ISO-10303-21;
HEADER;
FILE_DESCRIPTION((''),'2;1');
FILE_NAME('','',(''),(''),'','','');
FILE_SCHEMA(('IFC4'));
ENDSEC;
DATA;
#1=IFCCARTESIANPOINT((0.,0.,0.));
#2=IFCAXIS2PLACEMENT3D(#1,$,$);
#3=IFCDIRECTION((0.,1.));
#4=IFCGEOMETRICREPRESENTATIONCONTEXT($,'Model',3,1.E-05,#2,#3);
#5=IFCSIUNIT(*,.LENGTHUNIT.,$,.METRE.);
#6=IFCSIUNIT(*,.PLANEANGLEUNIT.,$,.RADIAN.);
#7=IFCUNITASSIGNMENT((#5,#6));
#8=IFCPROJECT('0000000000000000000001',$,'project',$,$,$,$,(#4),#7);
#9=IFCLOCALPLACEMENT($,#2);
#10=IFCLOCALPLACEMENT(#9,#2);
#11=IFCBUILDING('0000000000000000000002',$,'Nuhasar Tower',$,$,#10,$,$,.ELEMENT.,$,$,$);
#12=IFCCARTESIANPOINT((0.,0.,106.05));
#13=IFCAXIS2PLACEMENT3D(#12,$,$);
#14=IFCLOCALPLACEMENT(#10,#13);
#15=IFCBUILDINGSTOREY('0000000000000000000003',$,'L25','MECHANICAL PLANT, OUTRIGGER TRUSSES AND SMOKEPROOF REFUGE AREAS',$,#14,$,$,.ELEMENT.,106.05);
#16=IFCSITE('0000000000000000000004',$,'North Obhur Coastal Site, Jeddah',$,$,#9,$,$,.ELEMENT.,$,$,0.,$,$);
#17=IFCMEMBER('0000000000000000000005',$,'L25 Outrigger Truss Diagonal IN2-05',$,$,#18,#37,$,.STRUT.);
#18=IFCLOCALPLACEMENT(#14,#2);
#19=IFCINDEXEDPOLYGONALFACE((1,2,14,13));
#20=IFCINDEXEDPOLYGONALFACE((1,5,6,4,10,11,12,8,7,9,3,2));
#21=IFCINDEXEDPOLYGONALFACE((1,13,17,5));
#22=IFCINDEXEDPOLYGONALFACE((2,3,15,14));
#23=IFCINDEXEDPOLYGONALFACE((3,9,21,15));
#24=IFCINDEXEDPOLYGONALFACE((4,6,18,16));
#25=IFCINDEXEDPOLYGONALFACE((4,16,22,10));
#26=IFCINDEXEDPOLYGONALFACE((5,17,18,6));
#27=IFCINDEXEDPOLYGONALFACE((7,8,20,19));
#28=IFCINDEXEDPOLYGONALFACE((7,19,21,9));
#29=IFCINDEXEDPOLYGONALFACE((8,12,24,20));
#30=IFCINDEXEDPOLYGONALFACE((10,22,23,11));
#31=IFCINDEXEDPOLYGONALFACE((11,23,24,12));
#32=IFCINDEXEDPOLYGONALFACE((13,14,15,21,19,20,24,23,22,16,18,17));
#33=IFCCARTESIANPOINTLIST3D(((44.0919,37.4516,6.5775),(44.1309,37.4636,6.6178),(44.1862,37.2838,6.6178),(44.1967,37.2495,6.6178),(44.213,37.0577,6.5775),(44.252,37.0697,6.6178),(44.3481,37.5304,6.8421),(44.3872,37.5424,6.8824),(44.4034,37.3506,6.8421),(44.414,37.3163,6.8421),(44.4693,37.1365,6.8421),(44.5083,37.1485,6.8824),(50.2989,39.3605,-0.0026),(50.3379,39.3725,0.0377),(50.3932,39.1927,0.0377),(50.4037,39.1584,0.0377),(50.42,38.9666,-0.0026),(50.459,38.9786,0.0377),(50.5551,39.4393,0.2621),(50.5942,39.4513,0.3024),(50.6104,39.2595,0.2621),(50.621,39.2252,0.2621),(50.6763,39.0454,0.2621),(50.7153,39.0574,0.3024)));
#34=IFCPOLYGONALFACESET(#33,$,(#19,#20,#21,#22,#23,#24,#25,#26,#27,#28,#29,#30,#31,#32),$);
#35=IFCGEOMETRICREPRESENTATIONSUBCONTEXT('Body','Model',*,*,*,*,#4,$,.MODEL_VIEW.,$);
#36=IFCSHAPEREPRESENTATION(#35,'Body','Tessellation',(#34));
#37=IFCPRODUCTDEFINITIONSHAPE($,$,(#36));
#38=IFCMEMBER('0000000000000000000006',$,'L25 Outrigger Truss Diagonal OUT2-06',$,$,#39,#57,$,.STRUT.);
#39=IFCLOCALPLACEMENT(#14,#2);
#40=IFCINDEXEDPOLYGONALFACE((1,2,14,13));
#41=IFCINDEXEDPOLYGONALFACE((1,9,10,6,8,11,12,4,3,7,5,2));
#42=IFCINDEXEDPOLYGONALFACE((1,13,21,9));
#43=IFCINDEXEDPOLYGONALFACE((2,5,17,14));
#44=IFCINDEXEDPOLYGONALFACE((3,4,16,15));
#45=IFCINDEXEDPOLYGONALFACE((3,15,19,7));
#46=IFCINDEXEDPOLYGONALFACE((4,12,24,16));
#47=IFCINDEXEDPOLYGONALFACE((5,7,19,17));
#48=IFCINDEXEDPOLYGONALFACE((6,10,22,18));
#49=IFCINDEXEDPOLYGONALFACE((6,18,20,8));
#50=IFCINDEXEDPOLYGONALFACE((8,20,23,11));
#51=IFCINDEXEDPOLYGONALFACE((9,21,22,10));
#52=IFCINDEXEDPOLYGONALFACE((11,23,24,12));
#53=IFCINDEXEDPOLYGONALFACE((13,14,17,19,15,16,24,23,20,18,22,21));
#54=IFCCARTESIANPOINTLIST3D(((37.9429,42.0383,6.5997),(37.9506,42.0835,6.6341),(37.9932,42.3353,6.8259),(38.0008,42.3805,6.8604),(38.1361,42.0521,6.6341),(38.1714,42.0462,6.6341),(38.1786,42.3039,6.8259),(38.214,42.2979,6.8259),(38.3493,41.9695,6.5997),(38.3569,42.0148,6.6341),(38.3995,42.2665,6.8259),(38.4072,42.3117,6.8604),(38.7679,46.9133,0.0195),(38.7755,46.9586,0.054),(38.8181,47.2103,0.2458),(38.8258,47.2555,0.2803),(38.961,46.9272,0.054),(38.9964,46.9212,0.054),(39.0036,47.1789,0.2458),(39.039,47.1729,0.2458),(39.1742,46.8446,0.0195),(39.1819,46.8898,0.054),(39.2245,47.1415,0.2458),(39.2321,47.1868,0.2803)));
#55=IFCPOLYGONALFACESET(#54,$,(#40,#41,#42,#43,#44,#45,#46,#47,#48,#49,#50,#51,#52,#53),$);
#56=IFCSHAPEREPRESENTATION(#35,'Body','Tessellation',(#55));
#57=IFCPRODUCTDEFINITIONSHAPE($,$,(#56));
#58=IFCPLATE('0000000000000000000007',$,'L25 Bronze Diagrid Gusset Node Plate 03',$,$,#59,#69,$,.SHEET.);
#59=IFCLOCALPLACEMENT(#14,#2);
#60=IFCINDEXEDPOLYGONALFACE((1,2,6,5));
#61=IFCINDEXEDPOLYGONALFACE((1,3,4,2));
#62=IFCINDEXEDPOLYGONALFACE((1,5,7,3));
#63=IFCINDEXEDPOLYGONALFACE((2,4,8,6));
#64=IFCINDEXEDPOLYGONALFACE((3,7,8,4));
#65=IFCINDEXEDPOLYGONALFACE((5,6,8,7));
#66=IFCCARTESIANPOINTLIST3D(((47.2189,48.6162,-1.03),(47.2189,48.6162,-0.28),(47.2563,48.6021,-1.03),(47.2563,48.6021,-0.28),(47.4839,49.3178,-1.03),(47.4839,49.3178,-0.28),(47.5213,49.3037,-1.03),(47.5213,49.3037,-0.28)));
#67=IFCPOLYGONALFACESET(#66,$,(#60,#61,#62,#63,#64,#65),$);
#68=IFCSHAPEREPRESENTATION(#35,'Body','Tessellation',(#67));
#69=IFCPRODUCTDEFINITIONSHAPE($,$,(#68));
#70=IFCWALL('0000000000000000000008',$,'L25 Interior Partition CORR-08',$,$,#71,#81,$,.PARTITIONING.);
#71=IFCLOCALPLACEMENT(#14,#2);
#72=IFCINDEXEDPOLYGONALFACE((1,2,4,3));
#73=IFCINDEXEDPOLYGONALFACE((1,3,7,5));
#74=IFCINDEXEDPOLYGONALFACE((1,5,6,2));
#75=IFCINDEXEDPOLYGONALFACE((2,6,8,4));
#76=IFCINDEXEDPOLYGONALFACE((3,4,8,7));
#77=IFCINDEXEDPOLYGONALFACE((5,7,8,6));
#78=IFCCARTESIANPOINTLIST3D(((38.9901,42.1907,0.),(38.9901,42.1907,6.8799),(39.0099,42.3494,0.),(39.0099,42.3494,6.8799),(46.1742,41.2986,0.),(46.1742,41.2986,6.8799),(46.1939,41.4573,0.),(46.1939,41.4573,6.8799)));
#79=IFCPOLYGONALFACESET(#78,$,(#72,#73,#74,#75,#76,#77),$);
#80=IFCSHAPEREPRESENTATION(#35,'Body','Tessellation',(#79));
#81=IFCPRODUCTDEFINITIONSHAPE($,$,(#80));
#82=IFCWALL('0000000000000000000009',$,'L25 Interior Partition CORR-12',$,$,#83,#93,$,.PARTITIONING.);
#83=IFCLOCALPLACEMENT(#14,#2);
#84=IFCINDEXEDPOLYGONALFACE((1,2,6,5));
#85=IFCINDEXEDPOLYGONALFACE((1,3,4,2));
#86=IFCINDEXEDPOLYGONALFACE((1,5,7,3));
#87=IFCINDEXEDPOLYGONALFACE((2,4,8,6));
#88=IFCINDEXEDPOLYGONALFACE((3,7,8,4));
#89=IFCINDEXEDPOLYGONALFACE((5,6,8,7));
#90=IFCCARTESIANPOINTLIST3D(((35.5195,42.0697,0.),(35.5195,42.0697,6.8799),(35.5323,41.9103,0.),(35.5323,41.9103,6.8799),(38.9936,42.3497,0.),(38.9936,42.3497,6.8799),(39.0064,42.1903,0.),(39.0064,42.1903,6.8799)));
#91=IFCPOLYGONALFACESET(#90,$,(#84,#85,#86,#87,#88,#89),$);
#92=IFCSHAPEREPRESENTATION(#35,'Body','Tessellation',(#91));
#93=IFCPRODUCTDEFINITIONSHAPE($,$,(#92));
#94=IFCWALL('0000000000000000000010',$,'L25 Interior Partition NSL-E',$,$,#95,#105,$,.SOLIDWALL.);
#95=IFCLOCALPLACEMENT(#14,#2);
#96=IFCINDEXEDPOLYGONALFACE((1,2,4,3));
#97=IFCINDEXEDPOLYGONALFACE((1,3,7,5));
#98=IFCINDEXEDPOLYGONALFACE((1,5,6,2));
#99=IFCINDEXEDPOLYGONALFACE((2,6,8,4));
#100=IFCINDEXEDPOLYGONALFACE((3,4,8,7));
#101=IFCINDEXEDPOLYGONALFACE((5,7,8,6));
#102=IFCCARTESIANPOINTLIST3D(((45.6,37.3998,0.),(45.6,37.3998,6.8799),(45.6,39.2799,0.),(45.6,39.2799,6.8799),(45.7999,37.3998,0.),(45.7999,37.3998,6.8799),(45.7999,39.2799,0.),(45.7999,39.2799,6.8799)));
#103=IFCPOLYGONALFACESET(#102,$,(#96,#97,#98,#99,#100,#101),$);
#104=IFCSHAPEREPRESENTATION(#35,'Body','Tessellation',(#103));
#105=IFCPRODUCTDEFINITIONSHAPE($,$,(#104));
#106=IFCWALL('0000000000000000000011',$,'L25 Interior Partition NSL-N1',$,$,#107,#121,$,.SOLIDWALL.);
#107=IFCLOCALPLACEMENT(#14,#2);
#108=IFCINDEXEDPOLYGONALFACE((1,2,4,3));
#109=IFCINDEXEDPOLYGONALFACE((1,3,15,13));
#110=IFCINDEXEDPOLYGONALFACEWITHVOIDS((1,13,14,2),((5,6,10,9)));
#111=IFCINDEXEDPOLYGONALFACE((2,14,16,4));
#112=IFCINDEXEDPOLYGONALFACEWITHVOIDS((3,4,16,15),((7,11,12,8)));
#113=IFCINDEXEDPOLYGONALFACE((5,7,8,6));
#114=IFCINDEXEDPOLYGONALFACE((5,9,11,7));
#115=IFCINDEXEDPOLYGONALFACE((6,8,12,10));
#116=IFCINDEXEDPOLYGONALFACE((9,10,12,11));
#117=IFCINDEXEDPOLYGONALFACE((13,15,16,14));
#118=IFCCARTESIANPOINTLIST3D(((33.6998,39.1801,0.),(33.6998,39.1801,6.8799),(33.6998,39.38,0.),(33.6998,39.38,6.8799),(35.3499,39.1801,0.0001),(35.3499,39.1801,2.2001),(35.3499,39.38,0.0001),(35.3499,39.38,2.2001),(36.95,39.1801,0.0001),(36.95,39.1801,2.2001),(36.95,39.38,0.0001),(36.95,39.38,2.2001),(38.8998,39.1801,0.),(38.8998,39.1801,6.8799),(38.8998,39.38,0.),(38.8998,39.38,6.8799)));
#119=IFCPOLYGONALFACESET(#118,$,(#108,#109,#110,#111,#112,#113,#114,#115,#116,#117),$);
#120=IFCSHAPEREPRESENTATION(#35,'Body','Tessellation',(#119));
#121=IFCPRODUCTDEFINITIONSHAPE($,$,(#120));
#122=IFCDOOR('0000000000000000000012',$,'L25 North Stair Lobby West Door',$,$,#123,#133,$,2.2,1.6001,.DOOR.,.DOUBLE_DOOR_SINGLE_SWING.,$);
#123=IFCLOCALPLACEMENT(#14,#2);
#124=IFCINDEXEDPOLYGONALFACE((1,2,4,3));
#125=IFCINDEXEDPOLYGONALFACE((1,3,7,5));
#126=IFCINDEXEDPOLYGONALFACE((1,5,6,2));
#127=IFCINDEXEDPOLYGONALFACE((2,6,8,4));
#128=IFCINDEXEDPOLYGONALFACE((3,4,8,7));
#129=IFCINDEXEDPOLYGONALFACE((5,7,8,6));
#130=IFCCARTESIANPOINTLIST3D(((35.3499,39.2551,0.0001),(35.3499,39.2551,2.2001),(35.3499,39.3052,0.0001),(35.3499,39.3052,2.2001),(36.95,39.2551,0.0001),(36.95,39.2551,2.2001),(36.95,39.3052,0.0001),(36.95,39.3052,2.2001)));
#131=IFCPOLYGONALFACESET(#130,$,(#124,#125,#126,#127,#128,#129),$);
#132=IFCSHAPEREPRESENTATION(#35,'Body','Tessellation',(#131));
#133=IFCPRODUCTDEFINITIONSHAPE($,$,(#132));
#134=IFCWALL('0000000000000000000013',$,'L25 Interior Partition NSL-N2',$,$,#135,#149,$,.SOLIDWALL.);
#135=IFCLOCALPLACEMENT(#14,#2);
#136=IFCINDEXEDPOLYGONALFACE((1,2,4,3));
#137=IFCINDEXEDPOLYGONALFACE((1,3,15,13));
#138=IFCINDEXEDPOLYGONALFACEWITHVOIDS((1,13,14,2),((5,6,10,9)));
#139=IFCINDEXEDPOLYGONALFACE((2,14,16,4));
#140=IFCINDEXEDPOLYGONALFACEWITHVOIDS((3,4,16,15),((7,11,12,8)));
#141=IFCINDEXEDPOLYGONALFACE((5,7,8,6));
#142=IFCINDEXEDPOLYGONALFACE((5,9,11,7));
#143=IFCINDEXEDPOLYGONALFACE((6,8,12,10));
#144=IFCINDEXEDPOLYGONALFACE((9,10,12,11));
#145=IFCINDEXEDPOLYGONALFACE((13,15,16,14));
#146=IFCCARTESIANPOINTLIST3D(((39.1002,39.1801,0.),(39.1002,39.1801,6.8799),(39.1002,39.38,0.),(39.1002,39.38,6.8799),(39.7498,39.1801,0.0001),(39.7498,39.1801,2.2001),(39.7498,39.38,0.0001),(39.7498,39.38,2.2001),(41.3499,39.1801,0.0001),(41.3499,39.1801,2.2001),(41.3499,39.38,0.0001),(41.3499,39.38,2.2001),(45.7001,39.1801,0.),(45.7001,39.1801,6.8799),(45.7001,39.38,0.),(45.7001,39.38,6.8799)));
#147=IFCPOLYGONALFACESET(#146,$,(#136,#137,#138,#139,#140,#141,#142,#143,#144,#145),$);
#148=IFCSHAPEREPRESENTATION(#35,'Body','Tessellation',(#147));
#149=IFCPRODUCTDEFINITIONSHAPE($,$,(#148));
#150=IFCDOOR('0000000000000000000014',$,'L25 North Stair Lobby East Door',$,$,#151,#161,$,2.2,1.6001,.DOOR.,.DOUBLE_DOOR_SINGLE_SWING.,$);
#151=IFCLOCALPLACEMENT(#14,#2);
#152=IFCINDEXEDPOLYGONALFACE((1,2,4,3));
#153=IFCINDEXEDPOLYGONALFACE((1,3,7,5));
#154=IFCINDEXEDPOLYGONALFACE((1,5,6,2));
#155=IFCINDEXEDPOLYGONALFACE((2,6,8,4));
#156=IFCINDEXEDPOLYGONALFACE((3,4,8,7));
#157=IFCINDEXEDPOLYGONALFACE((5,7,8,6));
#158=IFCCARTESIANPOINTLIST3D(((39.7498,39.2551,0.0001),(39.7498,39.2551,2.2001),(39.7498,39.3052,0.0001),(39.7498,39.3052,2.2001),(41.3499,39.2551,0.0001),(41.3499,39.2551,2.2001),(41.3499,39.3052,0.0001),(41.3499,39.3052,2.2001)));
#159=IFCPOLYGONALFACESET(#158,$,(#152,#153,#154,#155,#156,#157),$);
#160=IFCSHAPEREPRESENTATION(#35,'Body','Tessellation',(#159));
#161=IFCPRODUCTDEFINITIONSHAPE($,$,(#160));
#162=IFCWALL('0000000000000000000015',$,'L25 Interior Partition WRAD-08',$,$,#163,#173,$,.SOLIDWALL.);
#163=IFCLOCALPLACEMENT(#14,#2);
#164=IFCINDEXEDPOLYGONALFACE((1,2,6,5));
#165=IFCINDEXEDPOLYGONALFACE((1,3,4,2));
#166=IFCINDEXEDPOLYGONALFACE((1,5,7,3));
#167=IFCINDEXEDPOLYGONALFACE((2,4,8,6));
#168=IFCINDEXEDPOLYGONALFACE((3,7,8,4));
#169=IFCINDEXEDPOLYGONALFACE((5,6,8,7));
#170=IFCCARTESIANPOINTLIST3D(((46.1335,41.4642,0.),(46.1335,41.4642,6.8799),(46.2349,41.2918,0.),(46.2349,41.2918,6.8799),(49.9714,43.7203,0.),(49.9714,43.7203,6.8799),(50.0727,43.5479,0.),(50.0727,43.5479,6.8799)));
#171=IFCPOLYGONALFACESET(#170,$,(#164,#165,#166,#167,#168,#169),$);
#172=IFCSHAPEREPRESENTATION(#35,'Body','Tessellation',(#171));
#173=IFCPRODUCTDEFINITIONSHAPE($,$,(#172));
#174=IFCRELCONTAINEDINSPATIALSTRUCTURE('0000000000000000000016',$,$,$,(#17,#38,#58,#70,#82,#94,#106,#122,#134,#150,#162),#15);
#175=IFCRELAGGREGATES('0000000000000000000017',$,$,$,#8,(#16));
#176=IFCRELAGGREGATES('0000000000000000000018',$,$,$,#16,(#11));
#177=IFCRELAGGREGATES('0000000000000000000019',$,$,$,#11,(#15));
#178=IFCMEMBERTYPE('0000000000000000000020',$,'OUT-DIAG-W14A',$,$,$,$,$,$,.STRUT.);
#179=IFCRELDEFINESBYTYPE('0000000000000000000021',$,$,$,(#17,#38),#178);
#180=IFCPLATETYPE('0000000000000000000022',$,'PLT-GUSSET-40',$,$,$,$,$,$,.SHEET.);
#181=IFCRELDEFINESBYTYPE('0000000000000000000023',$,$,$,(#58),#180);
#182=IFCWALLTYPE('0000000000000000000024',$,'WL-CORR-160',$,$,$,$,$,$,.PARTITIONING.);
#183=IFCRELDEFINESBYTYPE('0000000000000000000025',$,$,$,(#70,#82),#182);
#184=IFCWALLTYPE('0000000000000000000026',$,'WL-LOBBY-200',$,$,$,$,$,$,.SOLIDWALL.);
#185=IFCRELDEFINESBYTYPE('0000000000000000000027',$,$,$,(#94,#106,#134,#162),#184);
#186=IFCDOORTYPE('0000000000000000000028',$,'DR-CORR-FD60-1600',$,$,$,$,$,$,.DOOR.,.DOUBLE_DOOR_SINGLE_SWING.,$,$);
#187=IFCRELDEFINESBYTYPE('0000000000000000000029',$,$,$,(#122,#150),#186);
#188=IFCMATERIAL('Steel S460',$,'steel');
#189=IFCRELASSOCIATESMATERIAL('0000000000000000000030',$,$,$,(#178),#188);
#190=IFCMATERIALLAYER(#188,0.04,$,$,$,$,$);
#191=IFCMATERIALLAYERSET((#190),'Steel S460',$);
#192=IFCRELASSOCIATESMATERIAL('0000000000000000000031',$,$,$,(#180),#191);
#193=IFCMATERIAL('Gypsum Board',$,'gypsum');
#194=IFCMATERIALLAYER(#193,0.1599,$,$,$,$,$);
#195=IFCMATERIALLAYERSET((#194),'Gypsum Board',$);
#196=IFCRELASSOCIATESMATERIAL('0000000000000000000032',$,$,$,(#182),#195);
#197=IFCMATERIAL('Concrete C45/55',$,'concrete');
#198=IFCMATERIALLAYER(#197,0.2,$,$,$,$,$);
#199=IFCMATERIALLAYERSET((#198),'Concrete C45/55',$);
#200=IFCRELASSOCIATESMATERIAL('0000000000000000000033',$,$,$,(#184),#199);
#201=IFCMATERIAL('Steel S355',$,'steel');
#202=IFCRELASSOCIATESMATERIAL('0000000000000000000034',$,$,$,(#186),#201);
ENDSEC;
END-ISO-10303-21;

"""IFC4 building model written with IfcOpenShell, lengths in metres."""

from ifc_helpers import new_model, si_unit, direction, frame, frame_2d, origin, origin_2d, place, context, subcontext, project, spatial, rectangle, i_section, extrude, material, layer, layer_set, material_profile, profile_set, type_object, element, fill, save


model = new_model("IFC4")

# Units and contexts
model_context = context("Model", 3, precision=1e-05, world=origin(), true_north=direction((0.0, 1.0)))
body_context = subcontext(model_context, "Body", "Model", "MODEL_VIEW")
ifc_project = project(units=[si_unit("LENGTHUNIT", "METRE"), si_unit("PLANEANGLEUNIT", "RADIAN")], contexts=[model_context])

# Site, building, storey
site_placement = place(None, origin())
site = spatial("IfcSite", under=ifc_project, at=site_placement, Name="North Obhur Coastal Site, Jeddah", CompositionType="ELEMENT", RefElevation=0.0)
building_placement = place(site_placement, origin())
building = spatial("IfcBuilding", under=site, at=building_placement, Name="Nuhasar Tower", CompositionType="ELEMENT")
storey_placement = place(building_placement, frame((0.0, 0.0, 106.05)))
storey = spatial("IfcBuildingStorey", under=building, at=storey_placement, Name="L25", Description="MECHANICAL PLANT, OUTRIGGER TRUSSES AND SMOKEPROOF REFUGE AREAS", CompositionType="ELEMENT", Elevation=106.05)

# Shared definitions
ifc_material_1 = material(Name="Steel S460", Category="steel")

# Shared definitions
ifc_material_2 = material(Name="Steel S355", Category="steel")

# Members
ifc_material_profile_1 = material_profile(ifc_material_1, i_section(OverallWidth=0.4121, OverallDepth=0.4341, WebThickness=0.0359, FlangeThickness=0.0574, at=origin_2d()), Name="W14X311")
ifc_profile_set_1 = profile_set([ifc_material_profile_1], Name="Steel S460")
member_type_1 = type_object("IfcMemberType", Name="OUT-DIAG-W14A", PredefinedType="STRUT", material=ifc_profile_set_1)
member_1_placement = place(storey_placement, frame((50.5071, 39.209, 0.1499), z_axis=(-0.671399, -0.206485, 0.71175), x_axis=(0.293956, -0.955819, 0.0)))
element("IfcMember", 1, at=member_1_placement, inside=storey, type_object=member_type_1, Name="L25 Outrigger Truss Diagonal IN2-05", PredefinedType="STRUT", context=body_context, shape_type="SweptSolid", body=[
    extrude(i_section(OverallWidth=0.4121, OverallDepth=0.4341, WebThickness=0.0359, FlangeThickness=0.0574, at=origin_2d()), origin(), (0.0, 0.0, 1.0), 9.2449),
])
member_2_placement = place(storey_placement, frame((39.0, 47.05, 0.1499), z_axis=(-0.100229, -0.592298, 0.79946), x_axis=(0.985983, -0.166849, 0.0)))
element("IfcMember", 2, at=member_2_placement, inside=storey, type_object=member_type_1, Name="L25 Outrigger Truss Diagonal OUT2-06", PredefinedType="STRUT", context=body_context, shape_type="SweptSolid", body=[
    extrude(i_section(OverallWidth=0.4121, OverallDepth=0.4341, WebThickness=0.0359, FlangeThickness=0.0574, at=origin_2d()), origin(), (0.0, 0.0, 1.0), 8.2307),
])

# Plate
ifc_layer_1 = layer(ifc_material_1, 0.04)
ifc_layer_set_1 = layer_set([ifc_layer_1], Name="Steel S460")
plate_type = type_object("IfcPlateType", Name="PLT-GUSSET-40", PredefinedType="SHEET", material=ifc_layer_set_1)
plate_placement = place(storey_placement, frame((47.3701, 48.96, -1.03), z_axis=(0.0, 0.0, 1.0), x_axis=(0.353344, 0.935493, 0.0)))
element("IfcPlate", 3, at=plate_placement, inside=storey, type_object=plate_type, Name="L25 Bronze Diagrid Gusset Node Plate 03", PredefinedType="SHEET", context=body_context, shape_type="SweptSolid", body=[
    extrude(rectangle(XDim=0.75, YDim=0.04, at=origin_2d()), origin(), (0.0, 0.0, 1.0), 0.75),
])

# Walls
ifc_material_3 = material(Name="Gypsum Board", Category="gypsum")
ifc_layer_2 = layer(ifc_material_3, 0.1599)
ifc_layer_set_2 = layer_set([ifc_layer_2], Name="Gypsum Board")
wall_type_1 = type_object("IfcWallType", Name="WL-CORR-160", PredefinedType="PARTITIONING", material=ifc_layer_set_2)
wall_1_placement = place(storey_placement, frame((46.1841, 41.3779, 0.0), z_axis=(0.0, 0.0, 1.0), x_axis=(-0.992378, 0.123229, 0.0)))
element("IfcWall", 4, at=wall_1_placement, inside=storey, type_object=wall_type_1, Name="L25 Interior Partition CORR-08", PredefinedType="PARTITIONING", context=body_context, shape_type="SweptSolid", body=[
    extrude(rectangle(XDim=7.2393, YDim=0.1599, at=frame_2d((3.6196, 0.0))), origin(), (0.0, 0.0, 1.0), 6.8799),
])
wall_2_placement = place(storey_placement, frame((39.0, 42.27, 0.0), z_axis=(0.0, 0.0, 1.0), x_axis=(-0.996767, -0.080344, 0.0)))
element("IfcWall", 5, at=wall_2_placement, inside=storey, type_object=wall_type_1, Name="L25 Interior Partition CORR-12", PredefinedType="PARTITIONING", context=body_context, shape_type="SweptSolid", body=[
    extrude(rectangle(XDim=3.4854, YDim=0.1599, at=frame_2d((1.7427, 0.0))), origin(), (0.0, 0.0, 1.0), 6.8799),
])
ifc_material_4 = material(Name="Concrete C45/55", Category="concrete")
ifc_layer_3 = layer(ifc_material_4, 0.2)
ifc_layer_set_3 = layer_set([ifc_layer_3], Name="Concrete C45/55")
wall_type_2 = type_object("IfcWallType", Name="WL-LOBBY-200", PredefinedType="SOLIDWALL", material=ifc_layer_set_3)
wall_3_placement = place(storey_placement, frame((45.7, 37.3999, 0.0), z_axis=(0.0, 0.0, 1.0), x_axis=(0.0, 1.0, 0.0)))
element("IfcWall", 6, at=wall_3_placement, inside=storey, type_object=wall_type_2, Name="L25 Interior Partition NSL-E", PredefinedType="SOLIDWALL", context=body_context, shape_type="SweptSolid", body=[
    extrude(rectangle(XDim=1.8801, YDim=0.2, at=frame_2d((0.9399, 0.0))), origin(), (0.0, 0.0, 1.0), 6.8799),
])

# Walls, openings, doors
wall_4_placement = place(storey_placement, frame((38.8999, 39.28, 0.0), z_axis=(0.0, 0.0, 1.0), x_axis=(-1.0, 0.0, 0.0)))
wall_4 = element("IfcWall", 7, at=wall_4_placement, inside=storey, type_object=wall_type_2, Name="L25 Interior Partition NSL-N1", PredefinedType="SOLIDWALL", context=body_context, shape_type="SweptSolid", body=[
    extrude(rectangle(XDim=5.2, YDim=0.2, at=frame_2d((2.6001, 0.0))), origin(), (0.0, 0.0, 1.0), 6.8799),
])
opening_1_placement = place(wall_4_placement, frame((1.95, 0.0, 0.0)))
opening_1 = element("IfcOpeningElement", 8, at=opening_1_placement, cuts=wall_4, PredefinedType="OPENING", context=body_context, shape_type="SweptSolid", body=[
    extrude(rectangle(XDim=1.6001, YDim=2.2, at=frame_2d((0.8, 1.1001))), frame((0.0, 0.1099, 0.0), z_axis=(0.0, -1.0, 0.0), x_axis=(1.0, 0.0, 0.0)), (0.0, 0.0, 1.0), 0.22),
])
door_type_1 = type_object("IfcDoorType", Name="DR-CORR-FD60-1600", OperationType="DOUBLE_DOOR_SINGLE_SWING", PredefinedType="DOOR", material=ifc_material_2)
door_1_placement = place(opening_1_placement, origin())
door_1 = element("IfcDoor", 9, at=door_1_placement, inside=storey, type_object=door_type_1, Name="L25 North Stair Lobby West Door", OperationType="DOUBLE_DOOR_SINGLE_SWING", OverallHeight=2.2, OverallWidth=1.6001, PredefinedType="DOOR", context=body_context, shape_type="SweptSolid", body=[
    extrude(rectangle(XDim=1.6001, YDim=2.2, at=frame_2d((0.8, 1.1001))), frame((0.0, 0.0249, 0.0), z_axis=(0.0, -1.0, 0.0), x_axis=(1.0, 0.0, 0.0)), (0.0, 0.0, 1.0), 0.05),
])
fill(opening_1, door_1)
wall_5_placement = place(storey_placement, frame((45.7, 39.28, 0.0), z_axis=(0.0, 0.0, 1.0), x_axis=(-1.0, 0.0, 0.0)))
wall_5 = element("IfcWall", 10, at=wall_5_placement, inside=storey, type_object=wall_type_2, Name="L25 Interior Partition NSL-N2", PredefinedType="SOLIDWALL", context=body_context, shape_type="SweptSolid", body=[
    extrude(rectangle(XDim=6.5999, YDim=0.2, at=frame_2d((3.2998, 0.0))), origin(), (0.0, 0.0, 1.0), 6.8799),
])
opening_2_placement = place(wall_5_placement, frame((4.3501, 0.0, 0.0)))
opening_2 = element("IfcOpeningElement", 11, at=opening_2_placement, cuts=wall_5, PredefinedType="OPENING", context=body_context, shape_type="SweptSolid", body=[
    extrude(rectangle(XDim=1.6001, YDim=2.2, at=frame_2d((0.8, 1.1001))), frame((0.0, 0.1099, 0.0), z_axis=(0.0, -1.0, 0.0), x_axis=(1.0, 0.0, 0.0)), (0.0, 0.0, 1.0), 0.22),
])
door_2_placement = place(opening_2_placement, origin())
door_2 = element("IfcDoor", 12, at=door_2_placement, inside=storey, type_object=door_type_1, Name="L25 North Stair Lobby East Door", OperationType="DOUBLE_DOOR_SINGLE_SWING", OverallHeight=2.2, OverallWidth=1.6001, PredefinedType="DOOR", context=body_context, shape_type="SweptSolid", body=[
    extrude(rectangle(XDim=1.6001, YDim=2.2, at=frame_2d((0.8, 1.1001))), frame((0.0, 0.0249, 0.0), z_axis=(0.0, -1.0, 0.0), x_axis=(1.0, 0.0, 0.0)), (0.0, 0.0, 1.0), 0.05),
])
fill(opening_2, door_2)

# Wall
wall_6_placement = place(storey_placement, frame((46.1841, 41.3779, 0.0), z_axis=(0.0, 0.0, 1.0), x_axis=(0.862079, 0.506773, 0.0)))
element("IfcWall", 13, at=wall_6_placement, inside=storey, type_object=wall_type_2, Name="L25 Interior Partition WRAD-08", PredefinedType="SOLIDWALL", context=body_context, shape_type="SweptSolid", body=[
    extrude(rectangle(XDim=4.4519, YDim=0.2, at=frame_2d((2.2261, 0.0))), origin(), (0.0, 0.0, 1.0), 6.8799),
])

save(model, "model.ifc")
